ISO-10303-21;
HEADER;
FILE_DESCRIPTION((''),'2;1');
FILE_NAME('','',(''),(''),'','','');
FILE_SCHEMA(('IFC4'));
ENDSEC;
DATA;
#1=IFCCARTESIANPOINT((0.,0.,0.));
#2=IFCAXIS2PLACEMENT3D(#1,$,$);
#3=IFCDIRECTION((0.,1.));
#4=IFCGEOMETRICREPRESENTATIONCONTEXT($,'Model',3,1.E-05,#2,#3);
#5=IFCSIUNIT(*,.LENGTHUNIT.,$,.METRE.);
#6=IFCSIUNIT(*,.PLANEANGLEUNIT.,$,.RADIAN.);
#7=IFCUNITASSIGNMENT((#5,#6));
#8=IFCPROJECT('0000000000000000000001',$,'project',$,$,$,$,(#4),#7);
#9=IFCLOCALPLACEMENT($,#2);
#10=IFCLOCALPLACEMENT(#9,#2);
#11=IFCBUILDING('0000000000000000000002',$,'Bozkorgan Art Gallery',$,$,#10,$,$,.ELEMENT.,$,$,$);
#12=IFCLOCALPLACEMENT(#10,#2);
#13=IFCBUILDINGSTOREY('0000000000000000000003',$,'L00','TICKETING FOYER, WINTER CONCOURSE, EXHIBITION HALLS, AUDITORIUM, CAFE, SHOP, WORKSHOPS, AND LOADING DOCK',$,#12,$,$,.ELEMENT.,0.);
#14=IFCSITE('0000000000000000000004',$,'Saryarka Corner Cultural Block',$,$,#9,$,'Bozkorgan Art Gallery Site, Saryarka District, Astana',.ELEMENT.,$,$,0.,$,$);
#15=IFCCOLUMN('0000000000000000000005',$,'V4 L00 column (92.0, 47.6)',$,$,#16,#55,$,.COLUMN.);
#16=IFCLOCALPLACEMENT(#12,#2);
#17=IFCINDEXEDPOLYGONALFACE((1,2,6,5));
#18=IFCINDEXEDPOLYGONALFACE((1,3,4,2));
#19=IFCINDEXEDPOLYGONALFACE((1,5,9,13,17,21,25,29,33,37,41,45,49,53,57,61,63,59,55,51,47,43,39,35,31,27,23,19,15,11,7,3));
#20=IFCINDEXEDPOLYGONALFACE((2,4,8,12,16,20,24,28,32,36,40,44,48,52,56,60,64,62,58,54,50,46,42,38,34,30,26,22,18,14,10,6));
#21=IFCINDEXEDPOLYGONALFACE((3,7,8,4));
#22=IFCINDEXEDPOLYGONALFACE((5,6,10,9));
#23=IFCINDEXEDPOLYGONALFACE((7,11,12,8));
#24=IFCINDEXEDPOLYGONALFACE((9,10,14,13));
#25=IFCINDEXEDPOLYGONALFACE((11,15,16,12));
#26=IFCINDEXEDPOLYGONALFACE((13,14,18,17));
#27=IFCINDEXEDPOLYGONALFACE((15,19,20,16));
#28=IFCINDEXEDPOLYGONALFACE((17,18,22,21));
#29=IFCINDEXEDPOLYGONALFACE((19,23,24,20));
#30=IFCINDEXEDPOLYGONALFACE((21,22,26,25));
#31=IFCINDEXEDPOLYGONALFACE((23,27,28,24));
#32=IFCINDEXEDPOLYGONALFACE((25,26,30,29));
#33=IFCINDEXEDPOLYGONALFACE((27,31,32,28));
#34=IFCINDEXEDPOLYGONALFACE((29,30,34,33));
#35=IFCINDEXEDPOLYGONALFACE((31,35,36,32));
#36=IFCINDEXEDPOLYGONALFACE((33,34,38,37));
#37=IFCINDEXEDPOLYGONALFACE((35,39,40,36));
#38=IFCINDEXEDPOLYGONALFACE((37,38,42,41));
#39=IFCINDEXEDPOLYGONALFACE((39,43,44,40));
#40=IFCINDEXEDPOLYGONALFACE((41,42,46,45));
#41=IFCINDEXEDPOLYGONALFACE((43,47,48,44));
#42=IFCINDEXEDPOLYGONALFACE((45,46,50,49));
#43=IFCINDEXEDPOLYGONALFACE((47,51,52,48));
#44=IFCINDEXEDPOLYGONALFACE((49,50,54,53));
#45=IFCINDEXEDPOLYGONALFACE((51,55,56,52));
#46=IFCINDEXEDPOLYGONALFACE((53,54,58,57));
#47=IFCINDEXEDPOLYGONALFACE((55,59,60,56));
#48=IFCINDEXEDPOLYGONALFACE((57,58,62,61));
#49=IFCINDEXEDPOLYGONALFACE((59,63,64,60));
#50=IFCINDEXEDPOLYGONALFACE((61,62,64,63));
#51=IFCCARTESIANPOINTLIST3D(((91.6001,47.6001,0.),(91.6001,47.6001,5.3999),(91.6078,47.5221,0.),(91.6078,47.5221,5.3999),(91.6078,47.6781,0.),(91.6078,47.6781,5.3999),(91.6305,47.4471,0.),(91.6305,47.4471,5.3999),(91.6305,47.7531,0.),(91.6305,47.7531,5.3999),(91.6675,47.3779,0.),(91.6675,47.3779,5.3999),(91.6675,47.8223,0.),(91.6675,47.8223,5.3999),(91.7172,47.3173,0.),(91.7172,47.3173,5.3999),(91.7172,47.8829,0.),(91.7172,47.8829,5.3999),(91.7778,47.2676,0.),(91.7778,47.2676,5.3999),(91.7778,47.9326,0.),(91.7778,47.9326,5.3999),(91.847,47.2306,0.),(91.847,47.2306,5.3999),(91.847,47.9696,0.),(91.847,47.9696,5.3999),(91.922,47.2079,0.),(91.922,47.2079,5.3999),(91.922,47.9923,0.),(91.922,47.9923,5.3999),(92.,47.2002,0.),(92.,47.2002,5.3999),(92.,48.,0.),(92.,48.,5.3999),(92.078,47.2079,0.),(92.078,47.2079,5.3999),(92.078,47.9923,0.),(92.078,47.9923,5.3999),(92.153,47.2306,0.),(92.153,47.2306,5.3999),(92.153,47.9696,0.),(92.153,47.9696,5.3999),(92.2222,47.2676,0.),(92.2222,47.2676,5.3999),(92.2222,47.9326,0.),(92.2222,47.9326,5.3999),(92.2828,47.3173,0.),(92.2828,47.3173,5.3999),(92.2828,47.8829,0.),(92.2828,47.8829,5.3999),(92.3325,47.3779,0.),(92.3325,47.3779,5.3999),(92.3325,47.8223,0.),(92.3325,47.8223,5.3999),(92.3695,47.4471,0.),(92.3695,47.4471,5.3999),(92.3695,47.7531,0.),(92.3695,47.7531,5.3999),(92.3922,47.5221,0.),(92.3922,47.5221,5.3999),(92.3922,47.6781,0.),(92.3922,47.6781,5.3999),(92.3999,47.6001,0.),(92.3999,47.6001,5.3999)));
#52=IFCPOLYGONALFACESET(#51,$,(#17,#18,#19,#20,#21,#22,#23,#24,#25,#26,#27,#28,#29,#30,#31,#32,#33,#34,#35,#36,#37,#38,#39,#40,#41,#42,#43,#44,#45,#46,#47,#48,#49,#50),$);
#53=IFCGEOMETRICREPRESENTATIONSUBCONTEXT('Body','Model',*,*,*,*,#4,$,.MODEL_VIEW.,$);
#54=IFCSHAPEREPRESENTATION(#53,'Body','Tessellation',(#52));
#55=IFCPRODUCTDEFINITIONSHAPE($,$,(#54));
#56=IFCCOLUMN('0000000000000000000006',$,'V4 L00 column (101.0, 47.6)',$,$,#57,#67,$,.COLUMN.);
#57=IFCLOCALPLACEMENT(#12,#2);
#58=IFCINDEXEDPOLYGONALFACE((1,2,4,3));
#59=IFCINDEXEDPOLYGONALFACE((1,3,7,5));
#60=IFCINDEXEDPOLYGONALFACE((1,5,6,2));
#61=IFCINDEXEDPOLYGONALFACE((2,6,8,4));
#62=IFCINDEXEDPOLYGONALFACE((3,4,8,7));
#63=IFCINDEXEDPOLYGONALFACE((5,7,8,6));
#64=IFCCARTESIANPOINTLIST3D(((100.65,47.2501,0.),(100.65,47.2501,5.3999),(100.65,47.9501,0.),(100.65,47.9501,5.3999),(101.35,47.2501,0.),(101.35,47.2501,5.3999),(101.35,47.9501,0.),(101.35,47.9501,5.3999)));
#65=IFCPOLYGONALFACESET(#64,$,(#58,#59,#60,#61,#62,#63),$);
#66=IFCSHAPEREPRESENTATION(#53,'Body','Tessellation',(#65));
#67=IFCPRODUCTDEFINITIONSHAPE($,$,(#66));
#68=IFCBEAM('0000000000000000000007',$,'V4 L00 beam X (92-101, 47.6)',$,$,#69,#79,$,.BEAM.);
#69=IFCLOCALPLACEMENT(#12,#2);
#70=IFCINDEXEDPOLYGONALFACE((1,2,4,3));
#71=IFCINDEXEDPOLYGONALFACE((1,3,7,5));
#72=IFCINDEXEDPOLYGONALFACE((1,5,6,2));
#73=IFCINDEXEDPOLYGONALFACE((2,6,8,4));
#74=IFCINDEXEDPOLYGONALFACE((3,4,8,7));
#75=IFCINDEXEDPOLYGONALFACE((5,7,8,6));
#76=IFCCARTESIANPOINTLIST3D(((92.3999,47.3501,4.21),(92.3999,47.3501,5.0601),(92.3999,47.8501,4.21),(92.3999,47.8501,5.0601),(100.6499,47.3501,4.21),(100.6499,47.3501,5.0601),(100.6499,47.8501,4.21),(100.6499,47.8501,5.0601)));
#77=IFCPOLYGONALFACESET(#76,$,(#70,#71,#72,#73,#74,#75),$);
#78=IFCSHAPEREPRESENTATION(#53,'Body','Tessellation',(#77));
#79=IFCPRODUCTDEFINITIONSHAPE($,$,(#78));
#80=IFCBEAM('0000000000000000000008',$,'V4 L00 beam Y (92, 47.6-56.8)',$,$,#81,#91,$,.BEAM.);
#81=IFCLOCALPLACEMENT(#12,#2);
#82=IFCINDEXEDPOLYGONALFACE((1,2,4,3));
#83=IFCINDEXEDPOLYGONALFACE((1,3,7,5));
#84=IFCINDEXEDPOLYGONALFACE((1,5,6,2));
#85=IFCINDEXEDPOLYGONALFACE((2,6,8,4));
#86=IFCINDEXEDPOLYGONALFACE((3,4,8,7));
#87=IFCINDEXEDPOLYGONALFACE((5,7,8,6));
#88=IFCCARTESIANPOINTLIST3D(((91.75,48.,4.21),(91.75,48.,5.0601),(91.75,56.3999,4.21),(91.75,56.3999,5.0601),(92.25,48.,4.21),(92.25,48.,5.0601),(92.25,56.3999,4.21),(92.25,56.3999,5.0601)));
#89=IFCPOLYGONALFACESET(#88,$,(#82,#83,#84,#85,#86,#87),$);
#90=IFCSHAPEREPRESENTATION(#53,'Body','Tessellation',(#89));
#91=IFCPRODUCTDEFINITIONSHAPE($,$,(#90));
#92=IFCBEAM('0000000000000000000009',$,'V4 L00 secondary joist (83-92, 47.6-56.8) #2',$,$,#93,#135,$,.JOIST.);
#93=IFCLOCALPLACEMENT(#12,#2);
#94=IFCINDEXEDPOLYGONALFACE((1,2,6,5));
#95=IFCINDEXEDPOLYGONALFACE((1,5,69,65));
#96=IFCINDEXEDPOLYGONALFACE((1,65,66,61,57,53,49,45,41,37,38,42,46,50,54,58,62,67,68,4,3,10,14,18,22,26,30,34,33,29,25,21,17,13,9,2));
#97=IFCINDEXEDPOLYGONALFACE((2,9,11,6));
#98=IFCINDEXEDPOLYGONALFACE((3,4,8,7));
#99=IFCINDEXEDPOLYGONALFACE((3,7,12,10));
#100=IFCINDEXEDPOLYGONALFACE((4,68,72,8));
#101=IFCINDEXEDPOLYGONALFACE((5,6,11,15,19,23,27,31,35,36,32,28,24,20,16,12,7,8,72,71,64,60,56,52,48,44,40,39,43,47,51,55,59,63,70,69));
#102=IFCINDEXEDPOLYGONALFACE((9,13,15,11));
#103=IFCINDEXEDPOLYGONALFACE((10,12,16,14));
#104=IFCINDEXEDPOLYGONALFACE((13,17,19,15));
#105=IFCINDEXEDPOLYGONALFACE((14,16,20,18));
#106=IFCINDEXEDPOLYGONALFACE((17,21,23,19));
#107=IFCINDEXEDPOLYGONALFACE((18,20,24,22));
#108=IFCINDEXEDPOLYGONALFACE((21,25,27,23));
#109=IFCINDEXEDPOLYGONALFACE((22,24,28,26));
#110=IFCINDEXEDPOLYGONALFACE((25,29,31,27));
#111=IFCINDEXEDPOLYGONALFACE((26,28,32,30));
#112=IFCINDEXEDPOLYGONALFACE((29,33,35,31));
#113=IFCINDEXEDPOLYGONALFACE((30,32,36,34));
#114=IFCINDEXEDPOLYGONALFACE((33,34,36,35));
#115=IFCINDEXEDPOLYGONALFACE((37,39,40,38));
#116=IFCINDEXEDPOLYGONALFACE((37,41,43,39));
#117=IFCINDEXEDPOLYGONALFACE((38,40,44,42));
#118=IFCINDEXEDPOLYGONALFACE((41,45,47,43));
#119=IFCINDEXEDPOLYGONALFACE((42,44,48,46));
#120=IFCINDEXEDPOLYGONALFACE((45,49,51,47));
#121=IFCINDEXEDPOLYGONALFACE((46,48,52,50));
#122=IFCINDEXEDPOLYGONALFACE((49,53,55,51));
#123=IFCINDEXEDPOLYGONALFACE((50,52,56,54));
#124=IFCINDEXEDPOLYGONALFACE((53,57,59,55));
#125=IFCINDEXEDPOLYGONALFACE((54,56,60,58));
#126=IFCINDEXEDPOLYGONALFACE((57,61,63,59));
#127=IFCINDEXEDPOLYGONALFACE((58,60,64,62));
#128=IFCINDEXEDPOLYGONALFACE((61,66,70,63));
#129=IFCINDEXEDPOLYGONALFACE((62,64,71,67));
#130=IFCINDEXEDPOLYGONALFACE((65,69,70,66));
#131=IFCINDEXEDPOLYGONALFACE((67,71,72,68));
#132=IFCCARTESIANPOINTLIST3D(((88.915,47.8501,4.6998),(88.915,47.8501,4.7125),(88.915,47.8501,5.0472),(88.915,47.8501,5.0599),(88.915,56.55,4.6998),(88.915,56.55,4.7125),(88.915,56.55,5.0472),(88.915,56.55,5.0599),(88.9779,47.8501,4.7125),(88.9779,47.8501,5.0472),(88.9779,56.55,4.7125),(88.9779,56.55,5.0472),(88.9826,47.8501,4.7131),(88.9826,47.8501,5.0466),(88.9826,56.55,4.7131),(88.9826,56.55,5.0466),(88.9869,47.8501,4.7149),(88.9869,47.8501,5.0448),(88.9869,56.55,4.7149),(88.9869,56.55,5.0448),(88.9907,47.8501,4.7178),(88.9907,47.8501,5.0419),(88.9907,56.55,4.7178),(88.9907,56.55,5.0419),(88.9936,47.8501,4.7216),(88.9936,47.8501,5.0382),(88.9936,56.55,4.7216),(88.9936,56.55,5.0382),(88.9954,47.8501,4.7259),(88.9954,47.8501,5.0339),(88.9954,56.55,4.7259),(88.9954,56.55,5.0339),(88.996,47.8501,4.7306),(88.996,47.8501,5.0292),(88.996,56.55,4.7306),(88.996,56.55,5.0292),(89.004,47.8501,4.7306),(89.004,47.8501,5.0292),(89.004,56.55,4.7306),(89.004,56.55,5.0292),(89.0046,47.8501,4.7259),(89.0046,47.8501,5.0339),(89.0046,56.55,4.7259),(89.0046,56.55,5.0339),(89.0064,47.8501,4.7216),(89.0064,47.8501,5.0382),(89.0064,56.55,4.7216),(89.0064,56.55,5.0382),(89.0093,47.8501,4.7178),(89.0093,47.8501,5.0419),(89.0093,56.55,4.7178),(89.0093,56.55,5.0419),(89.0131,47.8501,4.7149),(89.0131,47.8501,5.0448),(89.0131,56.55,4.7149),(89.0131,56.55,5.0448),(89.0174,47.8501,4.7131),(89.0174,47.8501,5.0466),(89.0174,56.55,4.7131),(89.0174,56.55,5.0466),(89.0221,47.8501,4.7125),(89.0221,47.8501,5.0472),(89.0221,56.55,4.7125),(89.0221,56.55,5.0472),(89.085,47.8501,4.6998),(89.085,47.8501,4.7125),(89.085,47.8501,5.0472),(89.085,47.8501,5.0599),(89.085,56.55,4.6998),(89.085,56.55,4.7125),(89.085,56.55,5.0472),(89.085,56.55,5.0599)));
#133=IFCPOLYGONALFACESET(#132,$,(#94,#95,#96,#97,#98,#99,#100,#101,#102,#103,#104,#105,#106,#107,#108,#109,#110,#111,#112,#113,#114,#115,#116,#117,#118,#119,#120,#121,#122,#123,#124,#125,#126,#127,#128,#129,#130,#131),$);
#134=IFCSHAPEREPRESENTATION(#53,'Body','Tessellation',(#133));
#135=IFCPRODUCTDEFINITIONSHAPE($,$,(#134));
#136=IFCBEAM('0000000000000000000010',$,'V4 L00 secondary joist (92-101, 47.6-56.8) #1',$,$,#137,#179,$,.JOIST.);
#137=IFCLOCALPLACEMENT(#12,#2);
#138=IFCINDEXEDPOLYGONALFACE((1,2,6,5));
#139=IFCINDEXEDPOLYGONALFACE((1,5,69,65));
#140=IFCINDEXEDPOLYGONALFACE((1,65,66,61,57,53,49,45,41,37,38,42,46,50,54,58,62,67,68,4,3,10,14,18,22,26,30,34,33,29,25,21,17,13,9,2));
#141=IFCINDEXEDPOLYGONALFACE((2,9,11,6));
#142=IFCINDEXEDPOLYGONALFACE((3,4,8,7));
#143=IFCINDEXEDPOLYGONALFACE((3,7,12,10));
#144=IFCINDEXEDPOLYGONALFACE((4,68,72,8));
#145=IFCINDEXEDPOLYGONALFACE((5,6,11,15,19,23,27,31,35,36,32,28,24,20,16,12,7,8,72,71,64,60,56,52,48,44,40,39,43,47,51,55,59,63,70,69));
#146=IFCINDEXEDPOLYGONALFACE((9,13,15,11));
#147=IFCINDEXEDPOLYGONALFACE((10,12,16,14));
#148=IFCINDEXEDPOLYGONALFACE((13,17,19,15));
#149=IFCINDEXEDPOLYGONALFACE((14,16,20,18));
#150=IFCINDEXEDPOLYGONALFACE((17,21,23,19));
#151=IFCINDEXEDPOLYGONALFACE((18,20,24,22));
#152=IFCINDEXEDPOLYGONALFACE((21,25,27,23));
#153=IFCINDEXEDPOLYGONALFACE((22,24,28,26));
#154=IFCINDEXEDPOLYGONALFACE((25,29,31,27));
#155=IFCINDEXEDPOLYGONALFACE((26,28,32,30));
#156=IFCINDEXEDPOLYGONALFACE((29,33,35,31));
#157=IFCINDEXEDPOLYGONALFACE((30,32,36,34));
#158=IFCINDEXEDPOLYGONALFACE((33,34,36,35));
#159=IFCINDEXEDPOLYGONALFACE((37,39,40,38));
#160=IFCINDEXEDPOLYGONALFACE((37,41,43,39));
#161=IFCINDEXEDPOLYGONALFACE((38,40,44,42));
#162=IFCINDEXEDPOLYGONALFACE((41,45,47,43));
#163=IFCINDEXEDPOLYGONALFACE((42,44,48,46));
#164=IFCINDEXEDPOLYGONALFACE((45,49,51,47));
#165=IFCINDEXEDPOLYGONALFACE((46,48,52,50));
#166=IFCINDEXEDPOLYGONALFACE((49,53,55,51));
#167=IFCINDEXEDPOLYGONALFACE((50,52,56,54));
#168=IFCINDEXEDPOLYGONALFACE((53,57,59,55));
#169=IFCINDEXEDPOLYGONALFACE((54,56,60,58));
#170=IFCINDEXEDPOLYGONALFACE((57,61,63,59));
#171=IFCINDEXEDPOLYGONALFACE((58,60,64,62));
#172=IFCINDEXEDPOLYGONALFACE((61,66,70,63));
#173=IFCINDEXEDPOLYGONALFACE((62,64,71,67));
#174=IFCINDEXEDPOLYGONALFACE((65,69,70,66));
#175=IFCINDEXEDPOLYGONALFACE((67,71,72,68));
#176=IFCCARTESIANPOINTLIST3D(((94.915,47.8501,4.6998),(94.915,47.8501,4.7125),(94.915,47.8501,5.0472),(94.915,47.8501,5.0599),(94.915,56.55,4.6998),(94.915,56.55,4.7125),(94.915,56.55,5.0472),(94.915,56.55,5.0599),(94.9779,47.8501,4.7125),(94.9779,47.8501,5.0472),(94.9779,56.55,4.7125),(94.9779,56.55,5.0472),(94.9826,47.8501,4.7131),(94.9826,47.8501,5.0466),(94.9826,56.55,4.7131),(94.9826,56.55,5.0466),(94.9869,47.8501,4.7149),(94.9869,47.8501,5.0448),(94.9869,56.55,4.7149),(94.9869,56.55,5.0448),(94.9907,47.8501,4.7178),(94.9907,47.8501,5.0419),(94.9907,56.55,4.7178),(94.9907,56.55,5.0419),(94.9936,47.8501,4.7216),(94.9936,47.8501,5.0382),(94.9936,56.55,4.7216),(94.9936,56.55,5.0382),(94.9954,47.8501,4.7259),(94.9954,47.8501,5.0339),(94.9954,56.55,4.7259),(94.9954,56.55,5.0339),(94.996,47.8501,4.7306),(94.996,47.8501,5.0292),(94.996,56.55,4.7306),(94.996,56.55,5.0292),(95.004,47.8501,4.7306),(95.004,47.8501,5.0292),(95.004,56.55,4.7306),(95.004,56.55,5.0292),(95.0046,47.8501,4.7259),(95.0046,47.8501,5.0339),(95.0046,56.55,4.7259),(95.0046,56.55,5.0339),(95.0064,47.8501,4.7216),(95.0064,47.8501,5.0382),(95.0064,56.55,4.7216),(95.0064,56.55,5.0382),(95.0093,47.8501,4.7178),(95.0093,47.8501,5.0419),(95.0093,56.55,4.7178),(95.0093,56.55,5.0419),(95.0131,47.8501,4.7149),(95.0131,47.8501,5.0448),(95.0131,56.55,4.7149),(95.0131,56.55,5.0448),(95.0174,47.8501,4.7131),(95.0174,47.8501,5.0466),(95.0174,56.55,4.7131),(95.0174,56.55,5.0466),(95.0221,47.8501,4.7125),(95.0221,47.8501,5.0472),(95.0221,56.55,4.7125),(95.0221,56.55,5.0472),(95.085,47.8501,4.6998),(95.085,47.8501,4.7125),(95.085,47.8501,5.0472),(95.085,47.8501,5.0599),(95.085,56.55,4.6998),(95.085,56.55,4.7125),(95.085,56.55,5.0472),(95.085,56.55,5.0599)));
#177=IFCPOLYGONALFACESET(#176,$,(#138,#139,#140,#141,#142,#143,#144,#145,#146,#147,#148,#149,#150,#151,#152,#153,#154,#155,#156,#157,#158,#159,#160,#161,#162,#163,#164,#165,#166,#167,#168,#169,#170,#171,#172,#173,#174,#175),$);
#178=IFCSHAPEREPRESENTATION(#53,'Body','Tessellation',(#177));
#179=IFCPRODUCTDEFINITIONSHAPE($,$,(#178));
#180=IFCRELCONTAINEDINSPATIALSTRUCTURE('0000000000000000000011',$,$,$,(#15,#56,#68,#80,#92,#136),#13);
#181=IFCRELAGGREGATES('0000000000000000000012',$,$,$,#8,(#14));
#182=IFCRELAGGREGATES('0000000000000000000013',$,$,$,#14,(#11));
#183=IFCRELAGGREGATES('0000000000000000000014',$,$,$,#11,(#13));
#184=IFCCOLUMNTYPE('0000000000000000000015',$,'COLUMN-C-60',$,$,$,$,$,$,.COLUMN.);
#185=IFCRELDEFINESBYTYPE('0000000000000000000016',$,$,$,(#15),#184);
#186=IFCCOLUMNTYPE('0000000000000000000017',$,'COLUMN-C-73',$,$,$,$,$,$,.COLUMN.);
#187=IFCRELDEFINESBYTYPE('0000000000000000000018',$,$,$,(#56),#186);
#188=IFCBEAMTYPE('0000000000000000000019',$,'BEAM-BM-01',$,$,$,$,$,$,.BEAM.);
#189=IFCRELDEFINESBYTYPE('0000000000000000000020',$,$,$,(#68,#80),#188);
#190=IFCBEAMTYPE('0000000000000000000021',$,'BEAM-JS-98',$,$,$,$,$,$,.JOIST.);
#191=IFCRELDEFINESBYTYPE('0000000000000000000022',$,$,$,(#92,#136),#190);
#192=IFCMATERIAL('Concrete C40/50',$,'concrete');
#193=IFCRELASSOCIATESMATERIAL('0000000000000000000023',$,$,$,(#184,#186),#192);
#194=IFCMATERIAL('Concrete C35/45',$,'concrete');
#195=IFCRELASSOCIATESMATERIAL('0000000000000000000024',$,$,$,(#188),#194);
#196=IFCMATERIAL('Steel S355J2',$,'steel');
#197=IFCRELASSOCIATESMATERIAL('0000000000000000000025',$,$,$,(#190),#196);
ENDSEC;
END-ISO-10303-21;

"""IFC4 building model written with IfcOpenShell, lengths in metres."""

from ifc_helpers import new_model, si_unit, direction, frame, origin, origin_2d, place, context, subcontext, project, spatial, rectangle, circle, i_section, extrude, material, material_profile, profile_set, type_object, element, save


model = new_model("IFC4")

# Units and contexts
model_context = context("Model", 3, precision=1e-05, world=origin(), true_north=direction((0.0, 1.0)))
body_context = subcontext(model_context, "Body", "Model", "MODEL_VIEW")
ifc_project = project(units=[si_unit("LENGTHUNIT", "METRE"), si_unit("PLANEANGLEUNIT", "RADIAN")], contexts=[model_context])

# Site, building, storey
site_placement = place(None, origin())
site = spatial("IfcSite", under=ifc_project, at=site_placement, Name="Saryarka Corner Cultural Block", LongName="Bozkorgan Art Gallery Site, Saryarka District, Astana", CompositionType="ELEMENT", RefElevation=0.0)
building_placement = place(site_placement, origin())
building = spatial("IfcBuilding", under=site, at=building_placement, Name="Bozkorgan Art Gallery", CompositionType="ELEMENT")
storey_placement = place(building_placement, origin())
storey = spatial("IfcBuildingStorey", under=building, at=storey_placement, Name="L00", Description="TICKETING FOYER, WINTER CONCOURSE, EXHIBITION HALLS, AUDITORIUM, CAFE, SHOP, WORKSHOPS, AND LOADING DOCK", CompositionType="ELEMENT", Elevation=0.0)

# Columns
ifc_material_1 = material(Name="Concrete C40/50", Category="concrete")
ifc_material_profile_1 = material_profile(ifc_material_1, circle(Radius=0.3999, at=origin_2d()), Name="RC D800")
ifc_profile_set_1 = profile_set([ifc_material_profile_1], Name="Concrete C40/50")
column_type_1 = type_object("IfcColumnType", Name="COLUMN-C-60", PredefinedType="COLUMN", material=ifc_profile_set_1)
column_1_placement = place(storey_placement, frame((92.0, 47.6001, 0.0), z_axis=(0.0, 0.0, 1.0), x_axis=(1.0, 0.0, 0.0)))
element("IfcColumn", 1, at=column_1_placement, inside=storey, type_object=column_type_1, Name="V4 L00 column (92.0, 47.6)", PredefinedType="COLUMN", context=body_context, shape_type="SweptSolid", body=[
    extrude(circle(Radius=0.3999, at=origin_2d()), origin(), (0.0, 0.0, 1.0), 5.3999),
])
ifc_material_profile_2 = material_profile(ifc_material_1, rectangle(XDim=0.7, YDim=0.7, at=origin_2d()), Name="RC 700x700")
ifc_profile_set_2 = profile_set([ifc_material_profile_2], Name="Concrete C40/50")
column_type_2 = type_object("IfcColumnType", Name="COLUMN-C-73", PredefinedType="COLUMN", material=ifc_profile_set_2)
column_2_placement = place(storey_placement, frame((101.0, 47.6001, 0.0), z_axis=(0.0, 0.0, 1.0), x_axis=(1.0, 0.0, 0.0)))
element("IfcColumn", 2, at=column_2_placement, inside=storey, type_object=column_type_2, Name="V4 L00 column (101.0, 47.6)", PredefinedType="COLUMN", context=body_context, shape_type="SweptSolid", body=[
    extrude(rectangle(XDim=0.7, YDim=0.7, at=origin_2d()), origin(), (0.0, 0.0, 1.0), 5.3999),
])

# Beams
ifc_material_2 = material(Name="Concrete C35/45", Category="concrete")
ifc_material_profile_3 = material_profile(ifc_material_2, rectangle(XDim=0.5, YDim=0.8501, at=origin_2d()), Name="RC 500x850")
ifc_profile_set_3 = profile_set([ifc_material_profile_3], Name="Concrete C35/45")
beam_type_1 = type_object("IfcBeamType", Name="BEAM-BM-01", PredefinedType="BEAM", material=ifc_profile_set_3)
beam_1_placement = place(storey_placement, frame((92.3999, 47.6001, 4.635), z_axis=(1.0, 0.0, 0.0), x_axis=(0.0, 1.0, 0.0)))
element("IfcBeam", 3, at=beam_1_placement, inside=storey, type_object=beam_type_1, Name="V4 L00 beam X (92-101, 47.6)", PredefinedType="BEAM", context=body_context, shape_type="SweptSolid", body=[
    extrude(rectangle(XDim=0.5, YDim=0.8501, at=origin_2d()), origin(), (0.0, 0.0, 1.0), 8.25),
])
beam_2_placement = place(storey_placement, frame((92.0, 48.0, 4.635), z_axis=(0.0, 1.0, 0.0), x_axis=(-1.0, 0.0, 0.0)))
element("IfcBeam", 4, at=beam_2_placement, inside=storey, type_object=beam_type_1, Name="V4 L00 beam Y (92, 47.6-56.8)", PredefinedType="BEAM", context=body_context, shape_type="SweptSolid", body=[
    extrude(rectangle(XDim=0.5, YDim=0.8501, at=origin_2d()), origin(), (0.0, 0.0, 1.0), 8.3999),
])
ifc_material_3 = material(Name="Steel S355J2", Category="steel")
ifc_material_profile_4 = material_profile(ifc_material_3, i_section(OverallWidth=0.1699, OverallDepth=0.3601, WebThickness=0.0081, FlangeThickness=0.0127, FilletRadius=0.0181, at=origin_2d()), Name="IPE 360")
ifc_profile_set_4 = profile_set([ifc_material_profile_4], Name="Steel S355J2")
beam_type_2 = type_object("IfcBeamType", Name="BEAM-JS-98", PredefinedType="JOIST", material=ifc_profile_set_4)
for number, where, z_axis, x_axis, name in (
    (5, (89.0, 47.8501, 4.8799), (0.0, 1.0, 0.0), (-1.0, 0.0, 0.0), "V4 L00 secondary joist (83-92, 47.6-56.8) #2"),
    (6, (95.0, 47.8501, 4.8799), (0.0, 1.0, 0.0), (-1.0, 0.0, 0.0), "V4 L00 secondary joist (92-101, 47.6-56.8) #1"),
):
    element("IfcBeam", number, at=place(storey_placement, frame(where, z_axis=z_axis, x_axis=x_axis)), inside=storey, type_object=beam_type_2, Name=name, PredefinedType="JOIST", context=body_context, shape_type="SweptSolid", body=[
        extrude(i_section(OverallWidth=0.1699, OverallDepth=0.3601, WebThickness=0.0081, FlangeThickness=0.0127, FilletRadius=0.0181, at=origin_2d()), origin(), (0.0, 0.0, 1.0), 8.7),
    ])

save(model, "model.ifc")
